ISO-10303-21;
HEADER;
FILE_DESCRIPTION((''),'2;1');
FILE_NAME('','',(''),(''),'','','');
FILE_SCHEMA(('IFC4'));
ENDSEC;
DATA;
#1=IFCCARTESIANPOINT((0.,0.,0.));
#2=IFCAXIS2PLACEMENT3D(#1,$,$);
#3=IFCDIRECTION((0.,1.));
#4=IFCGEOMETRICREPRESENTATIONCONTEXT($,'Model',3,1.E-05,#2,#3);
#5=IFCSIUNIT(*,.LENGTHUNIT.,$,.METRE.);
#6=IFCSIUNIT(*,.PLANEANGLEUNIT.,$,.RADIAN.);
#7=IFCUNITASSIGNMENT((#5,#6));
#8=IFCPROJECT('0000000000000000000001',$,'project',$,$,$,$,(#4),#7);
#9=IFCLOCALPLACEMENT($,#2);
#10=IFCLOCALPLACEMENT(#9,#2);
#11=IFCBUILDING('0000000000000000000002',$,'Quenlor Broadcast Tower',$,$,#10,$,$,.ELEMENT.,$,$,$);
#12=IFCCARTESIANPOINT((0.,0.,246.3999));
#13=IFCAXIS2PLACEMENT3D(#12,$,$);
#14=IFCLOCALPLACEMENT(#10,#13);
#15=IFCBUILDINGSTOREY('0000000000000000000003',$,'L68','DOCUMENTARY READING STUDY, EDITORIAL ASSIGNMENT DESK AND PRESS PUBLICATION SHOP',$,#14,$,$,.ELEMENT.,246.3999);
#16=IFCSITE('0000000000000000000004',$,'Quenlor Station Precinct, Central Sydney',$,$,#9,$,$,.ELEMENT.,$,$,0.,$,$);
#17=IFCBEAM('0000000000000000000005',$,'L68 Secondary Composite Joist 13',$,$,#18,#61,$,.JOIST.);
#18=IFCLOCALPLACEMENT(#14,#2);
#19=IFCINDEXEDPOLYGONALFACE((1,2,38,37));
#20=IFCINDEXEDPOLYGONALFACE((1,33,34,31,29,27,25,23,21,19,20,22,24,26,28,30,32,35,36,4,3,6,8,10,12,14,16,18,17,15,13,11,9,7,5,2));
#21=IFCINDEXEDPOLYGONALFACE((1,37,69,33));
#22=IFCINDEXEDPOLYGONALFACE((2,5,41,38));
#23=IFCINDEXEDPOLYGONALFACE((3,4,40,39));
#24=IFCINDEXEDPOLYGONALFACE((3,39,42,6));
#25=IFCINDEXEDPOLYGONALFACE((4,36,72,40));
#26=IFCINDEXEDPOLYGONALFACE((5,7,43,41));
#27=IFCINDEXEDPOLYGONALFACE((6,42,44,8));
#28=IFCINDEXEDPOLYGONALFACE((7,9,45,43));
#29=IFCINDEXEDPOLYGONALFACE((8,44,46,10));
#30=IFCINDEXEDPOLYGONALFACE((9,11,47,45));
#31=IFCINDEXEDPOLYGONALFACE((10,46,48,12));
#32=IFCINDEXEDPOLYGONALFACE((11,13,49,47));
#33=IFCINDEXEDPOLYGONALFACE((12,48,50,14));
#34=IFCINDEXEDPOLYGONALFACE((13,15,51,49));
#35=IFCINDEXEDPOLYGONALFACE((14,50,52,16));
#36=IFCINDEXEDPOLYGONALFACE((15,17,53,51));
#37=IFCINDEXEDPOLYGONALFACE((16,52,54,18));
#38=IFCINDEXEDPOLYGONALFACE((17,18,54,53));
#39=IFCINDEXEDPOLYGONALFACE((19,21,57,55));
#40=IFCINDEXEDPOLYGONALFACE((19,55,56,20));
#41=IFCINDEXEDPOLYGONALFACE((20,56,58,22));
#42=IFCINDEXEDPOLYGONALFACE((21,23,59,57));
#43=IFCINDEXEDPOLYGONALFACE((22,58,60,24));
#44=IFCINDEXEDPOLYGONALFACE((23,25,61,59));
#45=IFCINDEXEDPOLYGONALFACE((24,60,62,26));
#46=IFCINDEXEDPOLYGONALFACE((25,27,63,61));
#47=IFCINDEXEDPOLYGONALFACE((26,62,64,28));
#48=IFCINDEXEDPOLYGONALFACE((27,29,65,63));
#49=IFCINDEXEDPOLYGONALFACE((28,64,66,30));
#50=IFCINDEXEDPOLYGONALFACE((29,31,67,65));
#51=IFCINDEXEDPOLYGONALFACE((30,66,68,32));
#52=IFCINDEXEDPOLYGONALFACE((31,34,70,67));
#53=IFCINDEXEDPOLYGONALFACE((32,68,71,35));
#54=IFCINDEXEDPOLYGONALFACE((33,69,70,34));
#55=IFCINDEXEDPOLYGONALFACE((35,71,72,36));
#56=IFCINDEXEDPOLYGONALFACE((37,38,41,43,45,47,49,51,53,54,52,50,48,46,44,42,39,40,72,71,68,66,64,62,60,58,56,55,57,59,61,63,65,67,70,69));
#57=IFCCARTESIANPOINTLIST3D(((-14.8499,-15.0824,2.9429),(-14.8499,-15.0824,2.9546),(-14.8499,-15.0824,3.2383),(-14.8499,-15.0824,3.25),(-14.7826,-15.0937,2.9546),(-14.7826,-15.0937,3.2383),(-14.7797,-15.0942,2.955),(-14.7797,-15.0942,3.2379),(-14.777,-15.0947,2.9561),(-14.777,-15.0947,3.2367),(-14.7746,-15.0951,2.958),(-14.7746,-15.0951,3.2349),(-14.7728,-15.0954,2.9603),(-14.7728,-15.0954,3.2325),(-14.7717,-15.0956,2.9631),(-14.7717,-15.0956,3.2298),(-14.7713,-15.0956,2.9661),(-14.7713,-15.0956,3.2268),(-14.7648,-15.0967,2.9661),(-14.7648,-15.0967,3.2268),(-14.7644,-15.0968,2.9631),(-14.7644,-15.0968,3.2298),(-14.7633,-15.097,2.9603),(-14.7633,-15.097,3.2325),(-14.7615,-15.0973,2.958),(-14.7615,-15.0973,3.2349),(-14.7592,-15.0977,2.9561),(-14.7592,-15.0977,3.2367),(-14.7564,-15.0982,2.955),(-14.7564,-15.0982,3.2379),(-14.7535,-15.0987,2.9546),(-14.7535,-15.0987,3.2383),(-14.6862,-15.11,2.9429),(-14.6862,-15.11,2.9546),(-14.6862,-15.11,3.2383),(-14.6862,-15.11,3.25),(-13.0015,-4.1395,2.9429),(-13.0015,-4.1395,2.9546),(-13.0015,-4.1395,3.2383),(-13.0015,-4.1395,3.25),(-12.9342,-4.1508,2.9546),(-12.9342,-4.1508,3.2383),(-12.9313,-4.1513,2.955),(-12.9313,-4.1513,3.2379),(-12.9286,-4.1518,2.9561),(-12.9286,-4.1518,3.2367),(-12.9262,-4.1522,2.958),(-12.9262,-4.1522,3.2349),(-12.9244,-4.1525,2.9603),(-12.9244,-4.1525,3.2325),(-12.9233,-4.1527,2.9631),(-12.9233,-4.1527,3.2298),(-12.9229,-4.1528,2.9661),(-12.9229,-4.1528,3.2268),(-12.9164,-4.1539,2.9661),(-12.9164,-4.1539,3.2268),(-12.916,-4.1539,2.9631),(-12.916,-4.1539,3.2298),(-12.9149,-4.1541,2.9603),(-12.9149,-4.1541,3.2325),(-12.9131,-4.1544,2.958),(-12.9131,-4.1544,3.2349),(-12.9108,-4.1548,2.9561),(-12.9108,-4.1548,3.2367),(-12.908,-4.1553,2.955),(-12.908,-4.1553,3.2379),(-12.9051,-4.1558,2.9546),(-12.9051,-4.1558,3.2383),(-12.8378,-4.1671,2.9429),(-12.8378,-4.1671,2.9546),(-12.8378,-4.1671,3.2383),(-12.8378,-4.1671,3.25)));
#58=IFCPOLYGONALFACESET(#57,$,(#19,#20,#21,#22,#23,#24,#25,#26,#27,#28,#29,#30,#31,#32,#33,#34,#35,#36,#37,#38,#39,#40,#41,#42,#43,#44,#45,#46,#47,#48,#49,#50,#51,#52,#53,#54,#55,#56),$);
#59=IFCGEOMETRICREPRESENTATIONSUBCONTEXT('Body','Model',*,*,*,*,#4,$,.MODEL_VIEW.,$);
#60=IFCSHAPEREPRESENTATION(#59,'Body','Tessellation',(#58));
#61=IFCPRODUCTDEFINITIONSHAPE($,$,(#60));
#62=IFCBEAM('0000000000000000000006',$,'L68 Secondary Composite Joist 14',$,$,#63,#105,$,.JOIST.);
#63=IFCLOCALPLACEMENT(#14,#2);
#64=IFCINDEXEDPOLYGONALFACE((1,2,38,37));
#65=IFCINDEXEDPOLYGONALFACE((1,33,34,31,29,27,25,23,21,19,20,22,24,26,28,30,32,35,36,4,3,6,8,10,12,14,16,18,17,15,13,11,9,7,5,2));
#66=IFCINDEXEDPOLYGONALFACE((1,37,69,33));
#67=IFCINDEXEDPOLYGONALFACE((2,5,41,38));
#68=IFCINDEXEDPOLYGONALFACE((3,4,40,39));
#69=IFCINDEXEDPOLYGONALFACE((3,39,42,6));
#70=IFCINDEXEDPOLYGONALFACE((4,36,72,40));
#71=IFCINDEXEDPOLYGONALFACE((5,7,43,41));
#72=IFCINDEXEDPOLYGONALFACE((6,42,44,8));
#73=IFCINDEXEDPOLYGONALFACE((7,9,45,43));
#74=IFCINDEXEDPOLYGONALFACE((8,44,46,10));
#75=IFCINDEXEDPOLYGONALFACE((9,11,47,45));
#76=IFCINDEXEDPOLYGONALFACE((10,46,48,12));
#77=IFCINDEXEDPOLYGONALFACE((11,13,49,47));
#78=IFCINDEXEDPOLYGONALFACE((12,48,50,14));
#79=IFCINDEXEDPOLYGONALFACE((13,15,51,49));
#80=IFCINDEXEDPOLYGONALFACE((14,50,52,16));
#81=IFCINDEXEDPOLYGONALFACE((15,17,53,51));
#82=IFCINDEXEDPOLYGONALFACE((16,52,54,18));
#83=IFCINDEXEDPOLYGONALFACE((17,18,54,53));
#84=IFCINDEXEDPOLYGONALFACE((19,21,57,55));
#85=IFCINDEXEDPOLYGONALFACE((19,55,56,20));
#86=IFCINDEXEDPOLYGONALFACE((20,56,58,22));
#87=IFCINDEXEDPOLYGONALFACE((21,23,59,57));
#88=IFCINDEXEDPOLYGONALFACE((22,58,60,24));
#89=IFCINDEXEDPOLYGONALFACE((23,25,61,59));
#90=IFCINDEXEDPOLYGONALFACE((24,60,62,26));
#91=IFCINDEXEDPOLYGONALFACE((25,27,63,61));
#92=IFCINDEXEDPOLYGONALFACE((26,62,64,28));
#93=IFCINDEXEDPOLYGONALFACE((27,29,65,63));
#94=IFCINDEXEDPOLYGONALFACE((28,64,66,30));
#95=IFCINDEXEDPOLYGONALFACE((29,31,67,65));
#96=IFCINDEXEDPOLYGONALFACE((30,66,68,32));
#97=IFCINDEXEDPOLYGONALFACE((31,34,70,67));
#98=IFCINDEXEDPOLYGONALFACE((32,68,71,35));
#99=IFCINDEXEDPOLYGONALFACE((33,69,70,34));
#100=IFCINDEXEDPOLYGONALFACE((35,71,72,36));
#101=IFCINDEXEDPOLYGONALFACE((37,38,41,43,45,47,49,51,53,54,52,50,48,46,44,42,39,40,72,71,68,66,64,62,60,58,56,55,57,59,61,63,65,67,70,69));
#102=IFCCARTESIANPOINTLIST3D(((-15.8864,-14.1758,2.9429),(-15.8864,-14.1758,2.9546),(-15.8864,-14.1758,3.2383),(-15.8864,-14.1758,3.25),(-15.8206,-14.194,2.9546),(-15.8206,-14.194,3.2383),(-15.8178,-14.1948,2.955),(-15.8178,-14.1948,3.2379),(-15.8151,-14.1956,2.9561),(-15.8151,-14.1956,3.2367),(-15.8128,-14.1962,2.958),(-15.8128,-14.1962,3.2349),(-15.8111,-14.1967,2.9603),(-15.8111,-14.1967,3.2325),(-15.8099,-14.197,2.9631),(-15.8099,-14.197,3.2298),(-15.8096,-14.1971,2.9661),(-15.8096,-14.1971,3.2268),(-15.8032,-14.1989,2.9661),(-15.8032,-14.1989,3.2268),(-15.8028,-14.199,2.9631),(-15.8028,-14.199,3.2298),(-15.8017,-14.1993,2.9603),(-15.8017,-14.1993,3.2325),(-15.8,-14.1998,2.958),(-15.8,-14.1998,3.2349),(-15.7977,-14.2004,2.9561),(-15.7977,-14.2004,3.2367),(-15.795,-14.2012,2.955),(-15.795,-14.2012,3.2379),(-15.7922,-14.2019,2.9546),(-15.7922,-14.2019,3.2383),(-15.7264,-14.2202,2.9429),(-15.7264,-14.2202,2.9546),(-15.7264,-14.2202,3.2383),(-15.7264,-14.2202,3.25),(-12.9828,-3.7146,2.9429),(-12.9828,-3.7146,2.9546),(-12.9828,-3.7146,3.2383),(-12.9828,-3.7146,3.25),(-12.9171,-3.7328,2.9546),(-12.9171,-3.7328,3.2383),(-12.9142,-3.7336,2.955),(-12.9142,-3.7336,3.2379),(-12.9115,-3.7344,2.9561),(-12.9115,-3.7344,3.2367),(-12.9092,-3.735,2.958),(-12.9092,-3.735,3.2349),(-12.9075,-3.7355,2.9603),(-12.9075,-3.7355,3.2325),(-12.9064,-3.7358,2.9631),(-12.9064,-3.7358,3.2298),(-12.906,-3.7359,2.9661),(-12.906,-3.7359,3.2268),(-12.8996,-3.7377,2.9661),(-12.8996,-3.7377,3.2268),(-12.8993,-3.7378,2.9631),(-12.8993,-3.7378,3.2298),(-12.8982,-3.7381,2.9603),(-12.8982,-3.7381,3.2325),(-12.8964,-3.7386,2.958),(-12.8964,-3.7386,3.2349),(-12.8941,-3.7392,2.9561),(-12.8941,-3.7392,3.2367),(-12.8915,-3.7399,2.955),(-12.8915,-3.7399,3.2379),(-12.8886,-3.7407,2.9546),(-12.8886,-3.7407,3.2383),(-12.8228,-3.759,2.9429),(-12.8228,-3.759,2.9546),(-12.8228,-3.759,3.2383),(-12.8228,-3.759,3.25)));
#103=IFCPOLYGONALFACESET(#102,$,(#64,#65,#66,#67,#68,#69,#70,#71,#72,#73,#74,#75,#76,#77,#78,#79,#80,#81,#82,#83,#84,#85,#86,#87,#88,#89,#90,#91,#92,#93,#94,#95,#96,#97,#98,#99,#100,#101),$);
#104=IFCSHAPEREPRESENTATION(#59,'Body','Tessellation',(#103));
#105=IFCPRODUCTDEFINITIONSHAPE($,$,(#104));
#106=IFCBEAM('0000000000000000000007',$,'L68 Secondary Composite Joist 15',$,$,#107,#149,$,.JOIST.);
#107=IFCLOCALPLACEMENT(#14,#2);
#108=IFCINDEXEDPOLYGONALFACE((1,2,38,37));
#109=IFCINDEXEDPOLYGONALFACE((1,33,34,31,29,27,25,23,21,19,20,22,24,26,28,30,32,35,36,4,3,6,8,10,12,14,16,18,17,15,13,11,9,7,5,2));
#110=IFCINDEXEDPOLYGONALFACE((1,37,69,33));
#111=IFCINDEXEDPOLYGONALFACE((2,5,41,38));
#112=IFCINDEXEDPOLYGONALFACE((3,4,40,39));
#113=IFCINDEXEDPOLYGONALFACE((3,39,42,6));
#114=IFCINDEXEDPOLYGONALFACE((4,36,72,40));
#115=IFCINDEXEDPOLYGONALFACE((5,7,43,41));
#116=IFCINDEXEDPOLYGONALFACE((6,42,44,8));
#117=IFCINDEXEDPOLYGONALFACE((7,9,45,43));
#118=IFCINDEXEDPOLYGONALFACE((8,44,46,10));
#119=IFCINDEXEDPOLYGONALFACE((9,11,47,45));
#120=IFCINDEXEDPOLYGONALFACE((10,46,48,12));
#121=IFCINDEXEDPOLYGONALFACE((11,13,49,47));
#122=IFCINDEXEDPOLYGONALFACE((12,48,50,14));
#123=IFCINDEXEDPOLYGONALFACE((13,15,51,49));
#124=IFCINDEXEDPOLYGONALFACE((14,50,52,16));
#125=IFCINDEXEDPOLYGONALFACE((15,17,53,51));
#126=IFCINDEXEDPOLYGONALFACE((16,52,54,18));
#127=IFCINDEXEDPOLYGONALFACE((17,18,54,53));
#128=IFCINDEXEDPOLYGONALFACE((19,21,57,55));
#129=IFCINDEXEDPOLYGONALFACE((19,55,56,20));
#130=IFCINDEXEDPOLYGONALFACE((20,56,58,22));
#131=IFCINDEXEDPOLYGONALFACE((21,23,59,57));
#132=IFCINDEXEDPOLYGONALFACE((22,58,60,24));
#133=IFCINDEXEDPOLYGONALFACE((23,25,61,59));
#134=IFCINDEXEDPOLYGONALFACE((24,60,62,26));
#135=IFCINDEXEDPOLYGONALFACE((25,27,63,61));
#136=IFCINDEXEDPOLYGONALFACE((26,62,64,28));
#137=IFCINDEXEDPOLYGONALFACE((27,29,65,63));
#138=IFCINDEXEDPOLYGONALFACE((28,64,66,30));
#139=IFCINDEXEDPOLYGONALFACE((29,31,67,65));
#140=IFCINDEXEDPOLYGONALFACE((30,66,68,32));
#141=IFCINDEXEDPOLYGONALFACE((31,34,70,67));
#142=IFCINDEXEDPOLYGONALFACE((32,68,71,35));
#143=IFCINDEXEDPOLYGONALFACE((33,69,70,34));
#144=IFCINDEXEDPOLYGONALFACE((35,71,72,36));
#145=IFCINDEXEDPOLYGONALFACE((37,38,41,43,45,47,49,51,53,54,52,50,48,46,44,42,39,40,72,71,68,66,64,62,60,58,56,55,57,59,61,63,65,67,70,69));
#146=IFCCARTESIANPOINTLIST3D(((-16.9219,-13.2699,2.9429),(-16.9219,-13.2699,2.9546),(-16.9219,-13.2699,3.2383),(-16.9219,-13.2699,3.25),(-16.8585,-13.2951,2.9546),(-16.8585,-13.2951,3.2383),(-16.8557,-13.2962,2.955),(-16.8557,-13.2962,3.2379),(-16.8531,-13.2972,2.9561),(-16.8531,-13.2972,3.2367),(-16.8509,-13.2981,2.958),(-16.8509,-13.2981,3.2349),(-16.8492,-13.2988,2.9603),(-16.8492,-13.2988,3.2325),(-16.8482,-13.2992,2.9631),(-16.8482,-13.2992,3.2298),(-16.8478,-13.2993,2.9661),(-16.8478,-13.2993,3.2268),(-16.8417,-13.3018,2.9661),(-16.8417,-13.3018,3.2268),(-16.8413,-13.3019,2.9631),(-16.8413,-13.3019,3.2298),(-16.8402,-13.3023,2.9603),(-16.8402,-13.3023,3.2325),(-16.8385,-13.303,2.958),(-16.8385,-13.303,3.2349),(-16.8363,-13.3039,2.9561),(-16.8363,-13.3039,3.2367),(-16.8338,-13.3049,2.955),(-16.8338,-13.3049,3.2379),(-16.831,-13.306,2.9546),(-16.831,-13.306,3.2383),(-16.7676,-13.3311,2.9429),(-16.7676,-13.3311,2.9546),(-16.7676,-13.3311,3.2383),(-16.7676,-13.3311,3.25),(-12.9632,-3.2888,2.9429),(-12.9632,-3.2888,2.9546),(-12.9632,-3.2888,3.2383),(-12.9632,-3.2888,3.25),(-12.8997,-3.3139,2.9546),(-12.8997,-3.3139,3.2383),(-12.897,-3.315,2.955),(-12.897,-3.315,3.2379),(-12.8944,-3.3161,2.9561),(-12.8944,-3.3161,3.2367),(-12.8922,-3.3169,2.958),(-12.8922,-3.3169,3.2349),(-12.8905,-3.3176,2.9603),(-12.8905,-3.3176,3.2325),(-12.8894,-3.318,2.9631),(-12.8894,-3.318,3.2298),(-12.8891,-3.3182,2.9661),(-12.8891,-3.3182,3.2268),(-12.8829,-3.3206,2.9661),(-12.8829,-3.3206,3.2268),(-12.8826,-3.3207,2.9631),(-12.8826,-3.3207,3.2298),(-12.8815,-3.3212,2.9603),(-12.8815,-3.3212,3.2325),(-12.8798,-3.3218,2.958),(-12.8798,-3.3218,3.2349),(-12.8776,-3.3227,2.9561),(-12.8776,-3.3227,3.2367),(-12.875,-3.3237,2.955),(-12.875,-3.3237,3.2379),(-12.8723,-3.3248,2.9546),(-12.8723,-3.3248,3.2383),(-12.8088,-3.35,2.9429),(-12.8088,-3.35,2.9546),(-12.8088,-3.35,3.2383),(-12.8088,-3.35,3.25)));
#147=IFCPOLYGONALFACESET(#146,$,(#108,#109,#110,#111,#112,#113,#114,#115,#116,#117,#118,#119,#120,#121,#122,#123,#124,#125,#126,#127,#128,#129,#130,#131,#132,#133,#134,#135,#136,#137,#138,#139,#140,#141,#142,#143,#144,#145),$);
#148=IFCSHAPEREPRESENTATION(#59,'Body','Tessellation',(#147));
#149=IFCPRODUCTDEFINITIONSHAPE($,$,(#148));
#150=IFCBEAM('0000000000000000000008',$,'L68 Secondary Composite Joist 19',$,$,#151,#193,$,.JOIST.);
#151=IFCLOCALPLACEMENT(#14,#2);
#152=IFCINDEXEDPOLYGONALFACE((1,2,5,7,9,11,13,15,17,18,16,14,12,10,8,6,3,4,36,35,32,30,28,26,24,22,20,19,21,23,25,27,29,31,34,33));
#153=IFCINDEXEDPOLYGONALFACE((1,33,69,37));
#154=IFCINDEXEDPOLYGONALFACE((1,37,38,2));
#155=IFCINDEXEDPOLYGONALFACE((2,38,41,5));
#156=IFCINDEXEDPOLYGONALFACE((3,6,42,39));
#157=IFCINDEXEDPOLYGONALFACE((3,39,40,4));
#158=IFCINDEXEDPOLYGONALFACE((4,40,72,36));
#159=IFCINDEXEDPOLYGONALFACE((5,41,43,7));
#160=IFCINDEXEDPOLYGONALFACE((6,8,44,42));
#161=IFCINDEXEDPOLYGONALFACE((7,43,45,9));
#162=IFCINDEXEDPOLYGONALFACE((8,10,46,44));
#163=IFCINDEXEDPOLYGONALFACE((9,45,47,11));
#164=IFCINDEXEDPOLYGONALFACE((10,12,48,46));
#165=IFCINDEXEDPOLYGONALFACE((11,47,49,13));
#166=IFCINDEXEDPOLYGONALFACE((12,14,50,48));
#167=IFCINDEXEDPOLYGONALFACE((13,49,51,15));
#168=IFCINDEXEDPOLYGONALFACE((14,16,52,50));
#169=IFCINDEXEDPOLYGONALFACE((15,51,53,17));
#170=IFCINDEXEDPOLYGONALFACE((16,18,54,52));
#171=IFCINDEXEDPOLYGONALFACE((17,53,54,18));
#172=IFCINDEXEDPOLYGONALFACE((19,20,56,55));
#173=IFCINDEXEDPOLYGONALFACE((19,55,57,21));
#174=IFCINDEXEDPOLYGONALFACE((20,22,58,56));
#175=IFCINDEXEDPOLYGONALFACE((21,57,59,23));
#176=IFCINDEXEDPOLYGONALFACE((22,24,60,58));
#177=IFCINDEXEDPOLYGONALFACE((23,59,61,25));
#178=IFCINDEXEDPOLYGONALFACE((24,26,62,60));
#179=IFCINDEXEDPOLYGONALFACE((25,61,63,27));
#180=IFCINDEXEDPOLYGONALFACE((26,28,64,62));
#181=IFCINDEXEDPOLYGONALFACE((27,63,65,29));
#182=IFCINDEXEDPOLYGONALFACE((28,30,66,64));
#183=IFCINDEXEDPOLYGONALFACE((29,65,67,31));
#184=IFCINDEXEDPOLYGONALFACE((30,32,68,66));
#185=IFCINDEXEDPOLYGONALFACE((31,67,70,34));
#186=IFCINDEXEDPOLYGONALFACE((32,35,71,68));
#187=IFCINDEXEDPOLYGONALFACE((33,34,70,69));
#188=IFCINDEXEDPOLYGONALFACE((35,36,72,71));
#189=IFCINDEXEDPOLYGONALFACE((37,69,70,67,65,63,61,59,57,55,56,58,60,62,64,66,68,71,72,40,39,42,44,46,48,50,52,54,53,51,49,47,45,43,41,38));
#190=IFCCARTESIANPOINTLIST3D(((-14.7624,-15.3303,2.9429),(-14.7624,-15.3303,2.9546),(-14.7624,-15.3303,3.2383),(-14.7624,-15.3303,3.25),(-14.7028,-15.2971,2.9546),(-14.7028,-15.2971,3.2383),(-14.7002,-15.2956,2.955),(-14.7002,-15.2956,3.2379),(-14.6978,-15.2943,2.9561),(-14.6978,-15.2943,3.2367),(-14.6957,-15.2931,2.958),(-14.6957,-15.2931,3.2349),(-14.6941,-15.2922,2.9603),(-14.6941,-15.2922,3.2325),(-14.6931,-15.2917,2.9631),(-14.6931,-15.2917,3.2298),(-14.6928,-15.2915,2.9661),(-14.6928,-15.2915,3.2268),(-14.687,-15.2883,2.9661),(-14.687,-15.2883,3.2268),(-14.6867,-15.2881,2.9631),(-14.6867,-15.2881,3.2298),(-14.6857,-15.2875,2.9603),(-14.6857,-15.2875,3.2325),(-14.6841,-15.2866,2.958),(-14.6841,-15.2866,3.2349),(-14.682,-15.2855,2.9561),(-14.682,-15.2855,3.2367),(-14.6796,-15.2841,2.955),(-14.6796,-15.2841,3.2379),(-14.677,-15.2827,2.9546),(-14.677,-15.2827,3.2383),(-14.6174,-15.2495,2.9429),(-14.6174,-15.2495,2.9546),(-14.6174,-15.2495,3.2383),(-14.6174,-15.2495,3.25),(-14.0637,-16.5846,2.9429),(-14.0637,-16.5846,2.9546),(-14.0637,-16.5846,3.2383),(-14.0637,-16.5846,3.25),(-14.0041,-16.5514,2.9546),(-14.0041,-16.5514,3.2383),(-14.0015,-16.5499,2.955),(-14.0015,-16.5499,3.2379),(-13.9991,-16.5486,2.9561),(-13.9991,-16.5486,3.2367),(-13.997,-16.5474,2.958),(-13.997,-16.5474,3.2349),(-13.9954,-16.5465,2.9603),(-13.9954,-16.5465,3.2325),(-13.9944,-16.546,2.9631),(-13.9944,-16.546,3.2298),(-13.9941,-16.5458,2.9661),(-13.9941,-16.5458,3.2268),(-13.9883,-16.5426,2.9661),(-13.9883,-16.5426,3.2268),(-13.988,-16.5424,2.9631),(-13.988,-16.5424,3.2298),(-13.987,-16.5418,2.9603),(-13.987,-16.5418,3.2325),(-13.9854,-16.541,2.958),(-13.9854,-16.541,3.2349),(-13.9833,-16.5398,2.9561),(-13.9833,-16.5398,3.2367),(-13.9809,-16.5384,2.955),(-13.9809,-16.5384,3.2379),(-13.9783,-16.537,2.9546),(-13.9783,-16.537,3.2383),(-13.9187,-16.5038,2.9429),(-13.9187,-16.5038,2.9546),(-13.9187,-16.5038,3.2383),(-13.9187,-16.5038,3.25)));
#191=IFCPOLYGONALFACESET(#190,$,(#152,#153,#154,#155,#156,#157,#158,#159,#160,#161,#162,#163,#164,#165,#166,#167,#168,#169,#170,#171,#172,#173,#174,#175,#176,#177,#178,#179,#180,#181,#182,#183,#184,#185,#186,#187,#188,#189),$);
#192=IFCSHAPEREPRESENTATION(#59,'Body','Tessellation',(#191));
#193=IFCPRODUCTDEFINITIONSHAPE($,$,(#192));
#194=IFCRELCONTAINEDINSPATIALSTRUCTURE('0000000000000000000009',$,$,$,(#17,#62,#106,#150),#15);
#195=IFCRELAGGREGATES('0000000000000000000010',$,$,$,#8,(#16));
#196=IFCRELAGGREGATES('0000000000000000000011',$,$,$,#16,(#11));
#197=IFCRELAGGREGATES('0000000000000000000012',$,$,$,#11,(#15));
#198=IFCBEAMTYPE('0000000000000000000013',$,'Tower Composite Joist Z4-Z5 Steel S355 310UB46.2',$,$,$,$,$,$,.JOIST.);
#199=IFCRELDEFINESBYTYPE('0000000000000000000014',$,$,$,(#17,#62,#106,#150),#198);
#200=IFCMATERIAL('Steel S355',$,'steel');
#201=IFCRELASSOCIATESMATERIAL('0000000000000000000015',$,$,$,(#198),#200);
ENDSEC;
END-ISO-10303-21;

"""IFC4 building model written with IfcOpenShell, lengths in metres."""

from ifc_helpers import new_model, si_unit, direction, frame, origin, origin_2d, place, context, subcontext, project, spatial, i_section, extrude, material, material_profile, profile_set, type_object, element, save


model = new_model("IFC4")

# Units and contexts
model_context = context("Model", 3, precision=1e-05, world=origin(), true_north=direction((0.0, 1.0)))
body_context = subcontext(model_context, "Body", "Model", "MODEL_VIEW")
ifc_project = project(units=[si_unit("LENGTHUNIT", "METRE"), si_unit("PLANEANGLEUNIT", "RADIAN")], contexts=[model_context])

# Site, building, storey
site_placement = place(None, origin())
site = spatial("IfcSite", under=ifc_project, at=site_placement, Name="Quenlor Station Precinct, Central Sydney", CompositionType="ELEMENT", RefElevation=0.0)
building_placement = place(site_placement, origin())
building = spatial("IfcBuilding", under=site, at=building_placement, Name="Quenlor Broadcast Tower", CompositionType="ELEMENT")
storey_placement = place(building_placement, frame((0.0, 0.0, 246.3999)))
storey = spatial("IfcBuildingStorey", under=building, at=storey_placement, Name="L68", Description="DOCUMENTARY READING STUDY, EDITORIAL ASSIGNMENT DESK AND PRESS PUBLICATION SHOP", CompositionType="ELEMENT", Elevation=246.3999)

# Beams
ifc_material_1 = material(Name="Steel S355", Category="steel")
ifc_material_profile_1 = material_profile(ifc_material_1, i_section(OverallWidth=0.166, OverallDepth=0.3071, WebThickness=0.0066, FlangeThickness=0.0117, FilletRadius=0.0115, at=origin_2d()))
ifc_profile_set_1 = profile_set([ifc_material_profile_1], Name="Steel S355 310UB46.2")
beam_type_1 = type_object("IfcBeamType", Name="Tower Composite Joist Z4-Z5 Steel S355 310UB46.2", PredefinedType="JOIST", material=ifc_profile_set_1)
beam_1_placement = place(storey_placement, frame((-14.7681, -15.0962, 3.0964), z_axis=(0.166553, 0.986032, 0.0), x_axis=(-0.986032, 0.166553, 0.0)))
element("IfcBeam", 1, at=beam_1_placement, inside=storey, type_object=beam_type_1, Name="L68 Secondary Composite Joist 13", PredefinedType="JOIST", context=body_context, shape_type="SweptSolid", body=[
    extrude(i_section(OverallWidth=0.166, OverallDepth=0.3071, WebThickness=0.0066, FlangeThickness=0.0117, FilletRadius=0.0115, at=origin_2d()), origin(), (0.0, 0.0, 1.0), 11.0979),
])
beam_2_placement = place(storey_placement, frame((-15.8064, -14.198, 3.0964), z_axis=(0.267446, 0.963573, 0.0), x_axis=(-0.963573, 0.267446, 0.0)))
element("IfcBeam", 2, at=beam_2_placement, inside=storey, type_object=beam_type_1, Name="L68 Secondary Composite Joist 14", PredefinedType="JOIST", context=body_context, shape_type="SweptSolid", body=[
    extrude(i_section(OverallWidth=0.166, OverallDepth=0.3071, WebThickness=0.0066, FlangeThickness=0.0117, FilletRadius=0.0115, at=origin_2d()), origin(), (0.0, 0.0, 1.0), 10.8567),
])
beam_3_placement = place(storey_placement, frame((-16.8447, -13.3005, 3.0964), z_axis=(0.36868, 0.929556, 0.0), x_axis=(-0.929556, 0.36868, 0.0)))
element("IfcBeam", 3, at=beam_3_placement, inside=storey, type_object=beam_type_1, Name="L68 Secondary Composite Joist 15", PredefinedType="JOIST", context=body_context, shape_type="SweptSolid", body=[
    extrude(i_section(OverallWidth=0.166, OverallDepth=0.3071, WebThickness=0.0066, FlangeThickness=0.0117, FilletRadius=0.0115, at=origin_2d()), origin(), (0.0, 0.0, 1.0), 10.7375),
])
beam_4_placement = place(storey_placement, frame((-13.9912, -16.5442, 3.0964), z_axis=(-0.486624, 0.873611, 0.0), x_axis=(-0.873611, -0.486624, 0.0)))
element("IfcBeam", 4, at=beam_4_placement, inside=storey, type_object=beam_type_1, Name="L68 Secondary Composite Joist 19", PredefinedType="JOIST", context=body_context, shape_type="SweptSolid", body=[
    extrude(i_section(OverallWidth=0.166, OverallDepth=0.3071, WebThickness=0.0066, FlangeThickness=0.0117, FilletRadius=0.0115, at=origin_2d()), origin(), (0.0, 0.0, 1.0), 1.4358),
])

save(model, "model.ifc")
